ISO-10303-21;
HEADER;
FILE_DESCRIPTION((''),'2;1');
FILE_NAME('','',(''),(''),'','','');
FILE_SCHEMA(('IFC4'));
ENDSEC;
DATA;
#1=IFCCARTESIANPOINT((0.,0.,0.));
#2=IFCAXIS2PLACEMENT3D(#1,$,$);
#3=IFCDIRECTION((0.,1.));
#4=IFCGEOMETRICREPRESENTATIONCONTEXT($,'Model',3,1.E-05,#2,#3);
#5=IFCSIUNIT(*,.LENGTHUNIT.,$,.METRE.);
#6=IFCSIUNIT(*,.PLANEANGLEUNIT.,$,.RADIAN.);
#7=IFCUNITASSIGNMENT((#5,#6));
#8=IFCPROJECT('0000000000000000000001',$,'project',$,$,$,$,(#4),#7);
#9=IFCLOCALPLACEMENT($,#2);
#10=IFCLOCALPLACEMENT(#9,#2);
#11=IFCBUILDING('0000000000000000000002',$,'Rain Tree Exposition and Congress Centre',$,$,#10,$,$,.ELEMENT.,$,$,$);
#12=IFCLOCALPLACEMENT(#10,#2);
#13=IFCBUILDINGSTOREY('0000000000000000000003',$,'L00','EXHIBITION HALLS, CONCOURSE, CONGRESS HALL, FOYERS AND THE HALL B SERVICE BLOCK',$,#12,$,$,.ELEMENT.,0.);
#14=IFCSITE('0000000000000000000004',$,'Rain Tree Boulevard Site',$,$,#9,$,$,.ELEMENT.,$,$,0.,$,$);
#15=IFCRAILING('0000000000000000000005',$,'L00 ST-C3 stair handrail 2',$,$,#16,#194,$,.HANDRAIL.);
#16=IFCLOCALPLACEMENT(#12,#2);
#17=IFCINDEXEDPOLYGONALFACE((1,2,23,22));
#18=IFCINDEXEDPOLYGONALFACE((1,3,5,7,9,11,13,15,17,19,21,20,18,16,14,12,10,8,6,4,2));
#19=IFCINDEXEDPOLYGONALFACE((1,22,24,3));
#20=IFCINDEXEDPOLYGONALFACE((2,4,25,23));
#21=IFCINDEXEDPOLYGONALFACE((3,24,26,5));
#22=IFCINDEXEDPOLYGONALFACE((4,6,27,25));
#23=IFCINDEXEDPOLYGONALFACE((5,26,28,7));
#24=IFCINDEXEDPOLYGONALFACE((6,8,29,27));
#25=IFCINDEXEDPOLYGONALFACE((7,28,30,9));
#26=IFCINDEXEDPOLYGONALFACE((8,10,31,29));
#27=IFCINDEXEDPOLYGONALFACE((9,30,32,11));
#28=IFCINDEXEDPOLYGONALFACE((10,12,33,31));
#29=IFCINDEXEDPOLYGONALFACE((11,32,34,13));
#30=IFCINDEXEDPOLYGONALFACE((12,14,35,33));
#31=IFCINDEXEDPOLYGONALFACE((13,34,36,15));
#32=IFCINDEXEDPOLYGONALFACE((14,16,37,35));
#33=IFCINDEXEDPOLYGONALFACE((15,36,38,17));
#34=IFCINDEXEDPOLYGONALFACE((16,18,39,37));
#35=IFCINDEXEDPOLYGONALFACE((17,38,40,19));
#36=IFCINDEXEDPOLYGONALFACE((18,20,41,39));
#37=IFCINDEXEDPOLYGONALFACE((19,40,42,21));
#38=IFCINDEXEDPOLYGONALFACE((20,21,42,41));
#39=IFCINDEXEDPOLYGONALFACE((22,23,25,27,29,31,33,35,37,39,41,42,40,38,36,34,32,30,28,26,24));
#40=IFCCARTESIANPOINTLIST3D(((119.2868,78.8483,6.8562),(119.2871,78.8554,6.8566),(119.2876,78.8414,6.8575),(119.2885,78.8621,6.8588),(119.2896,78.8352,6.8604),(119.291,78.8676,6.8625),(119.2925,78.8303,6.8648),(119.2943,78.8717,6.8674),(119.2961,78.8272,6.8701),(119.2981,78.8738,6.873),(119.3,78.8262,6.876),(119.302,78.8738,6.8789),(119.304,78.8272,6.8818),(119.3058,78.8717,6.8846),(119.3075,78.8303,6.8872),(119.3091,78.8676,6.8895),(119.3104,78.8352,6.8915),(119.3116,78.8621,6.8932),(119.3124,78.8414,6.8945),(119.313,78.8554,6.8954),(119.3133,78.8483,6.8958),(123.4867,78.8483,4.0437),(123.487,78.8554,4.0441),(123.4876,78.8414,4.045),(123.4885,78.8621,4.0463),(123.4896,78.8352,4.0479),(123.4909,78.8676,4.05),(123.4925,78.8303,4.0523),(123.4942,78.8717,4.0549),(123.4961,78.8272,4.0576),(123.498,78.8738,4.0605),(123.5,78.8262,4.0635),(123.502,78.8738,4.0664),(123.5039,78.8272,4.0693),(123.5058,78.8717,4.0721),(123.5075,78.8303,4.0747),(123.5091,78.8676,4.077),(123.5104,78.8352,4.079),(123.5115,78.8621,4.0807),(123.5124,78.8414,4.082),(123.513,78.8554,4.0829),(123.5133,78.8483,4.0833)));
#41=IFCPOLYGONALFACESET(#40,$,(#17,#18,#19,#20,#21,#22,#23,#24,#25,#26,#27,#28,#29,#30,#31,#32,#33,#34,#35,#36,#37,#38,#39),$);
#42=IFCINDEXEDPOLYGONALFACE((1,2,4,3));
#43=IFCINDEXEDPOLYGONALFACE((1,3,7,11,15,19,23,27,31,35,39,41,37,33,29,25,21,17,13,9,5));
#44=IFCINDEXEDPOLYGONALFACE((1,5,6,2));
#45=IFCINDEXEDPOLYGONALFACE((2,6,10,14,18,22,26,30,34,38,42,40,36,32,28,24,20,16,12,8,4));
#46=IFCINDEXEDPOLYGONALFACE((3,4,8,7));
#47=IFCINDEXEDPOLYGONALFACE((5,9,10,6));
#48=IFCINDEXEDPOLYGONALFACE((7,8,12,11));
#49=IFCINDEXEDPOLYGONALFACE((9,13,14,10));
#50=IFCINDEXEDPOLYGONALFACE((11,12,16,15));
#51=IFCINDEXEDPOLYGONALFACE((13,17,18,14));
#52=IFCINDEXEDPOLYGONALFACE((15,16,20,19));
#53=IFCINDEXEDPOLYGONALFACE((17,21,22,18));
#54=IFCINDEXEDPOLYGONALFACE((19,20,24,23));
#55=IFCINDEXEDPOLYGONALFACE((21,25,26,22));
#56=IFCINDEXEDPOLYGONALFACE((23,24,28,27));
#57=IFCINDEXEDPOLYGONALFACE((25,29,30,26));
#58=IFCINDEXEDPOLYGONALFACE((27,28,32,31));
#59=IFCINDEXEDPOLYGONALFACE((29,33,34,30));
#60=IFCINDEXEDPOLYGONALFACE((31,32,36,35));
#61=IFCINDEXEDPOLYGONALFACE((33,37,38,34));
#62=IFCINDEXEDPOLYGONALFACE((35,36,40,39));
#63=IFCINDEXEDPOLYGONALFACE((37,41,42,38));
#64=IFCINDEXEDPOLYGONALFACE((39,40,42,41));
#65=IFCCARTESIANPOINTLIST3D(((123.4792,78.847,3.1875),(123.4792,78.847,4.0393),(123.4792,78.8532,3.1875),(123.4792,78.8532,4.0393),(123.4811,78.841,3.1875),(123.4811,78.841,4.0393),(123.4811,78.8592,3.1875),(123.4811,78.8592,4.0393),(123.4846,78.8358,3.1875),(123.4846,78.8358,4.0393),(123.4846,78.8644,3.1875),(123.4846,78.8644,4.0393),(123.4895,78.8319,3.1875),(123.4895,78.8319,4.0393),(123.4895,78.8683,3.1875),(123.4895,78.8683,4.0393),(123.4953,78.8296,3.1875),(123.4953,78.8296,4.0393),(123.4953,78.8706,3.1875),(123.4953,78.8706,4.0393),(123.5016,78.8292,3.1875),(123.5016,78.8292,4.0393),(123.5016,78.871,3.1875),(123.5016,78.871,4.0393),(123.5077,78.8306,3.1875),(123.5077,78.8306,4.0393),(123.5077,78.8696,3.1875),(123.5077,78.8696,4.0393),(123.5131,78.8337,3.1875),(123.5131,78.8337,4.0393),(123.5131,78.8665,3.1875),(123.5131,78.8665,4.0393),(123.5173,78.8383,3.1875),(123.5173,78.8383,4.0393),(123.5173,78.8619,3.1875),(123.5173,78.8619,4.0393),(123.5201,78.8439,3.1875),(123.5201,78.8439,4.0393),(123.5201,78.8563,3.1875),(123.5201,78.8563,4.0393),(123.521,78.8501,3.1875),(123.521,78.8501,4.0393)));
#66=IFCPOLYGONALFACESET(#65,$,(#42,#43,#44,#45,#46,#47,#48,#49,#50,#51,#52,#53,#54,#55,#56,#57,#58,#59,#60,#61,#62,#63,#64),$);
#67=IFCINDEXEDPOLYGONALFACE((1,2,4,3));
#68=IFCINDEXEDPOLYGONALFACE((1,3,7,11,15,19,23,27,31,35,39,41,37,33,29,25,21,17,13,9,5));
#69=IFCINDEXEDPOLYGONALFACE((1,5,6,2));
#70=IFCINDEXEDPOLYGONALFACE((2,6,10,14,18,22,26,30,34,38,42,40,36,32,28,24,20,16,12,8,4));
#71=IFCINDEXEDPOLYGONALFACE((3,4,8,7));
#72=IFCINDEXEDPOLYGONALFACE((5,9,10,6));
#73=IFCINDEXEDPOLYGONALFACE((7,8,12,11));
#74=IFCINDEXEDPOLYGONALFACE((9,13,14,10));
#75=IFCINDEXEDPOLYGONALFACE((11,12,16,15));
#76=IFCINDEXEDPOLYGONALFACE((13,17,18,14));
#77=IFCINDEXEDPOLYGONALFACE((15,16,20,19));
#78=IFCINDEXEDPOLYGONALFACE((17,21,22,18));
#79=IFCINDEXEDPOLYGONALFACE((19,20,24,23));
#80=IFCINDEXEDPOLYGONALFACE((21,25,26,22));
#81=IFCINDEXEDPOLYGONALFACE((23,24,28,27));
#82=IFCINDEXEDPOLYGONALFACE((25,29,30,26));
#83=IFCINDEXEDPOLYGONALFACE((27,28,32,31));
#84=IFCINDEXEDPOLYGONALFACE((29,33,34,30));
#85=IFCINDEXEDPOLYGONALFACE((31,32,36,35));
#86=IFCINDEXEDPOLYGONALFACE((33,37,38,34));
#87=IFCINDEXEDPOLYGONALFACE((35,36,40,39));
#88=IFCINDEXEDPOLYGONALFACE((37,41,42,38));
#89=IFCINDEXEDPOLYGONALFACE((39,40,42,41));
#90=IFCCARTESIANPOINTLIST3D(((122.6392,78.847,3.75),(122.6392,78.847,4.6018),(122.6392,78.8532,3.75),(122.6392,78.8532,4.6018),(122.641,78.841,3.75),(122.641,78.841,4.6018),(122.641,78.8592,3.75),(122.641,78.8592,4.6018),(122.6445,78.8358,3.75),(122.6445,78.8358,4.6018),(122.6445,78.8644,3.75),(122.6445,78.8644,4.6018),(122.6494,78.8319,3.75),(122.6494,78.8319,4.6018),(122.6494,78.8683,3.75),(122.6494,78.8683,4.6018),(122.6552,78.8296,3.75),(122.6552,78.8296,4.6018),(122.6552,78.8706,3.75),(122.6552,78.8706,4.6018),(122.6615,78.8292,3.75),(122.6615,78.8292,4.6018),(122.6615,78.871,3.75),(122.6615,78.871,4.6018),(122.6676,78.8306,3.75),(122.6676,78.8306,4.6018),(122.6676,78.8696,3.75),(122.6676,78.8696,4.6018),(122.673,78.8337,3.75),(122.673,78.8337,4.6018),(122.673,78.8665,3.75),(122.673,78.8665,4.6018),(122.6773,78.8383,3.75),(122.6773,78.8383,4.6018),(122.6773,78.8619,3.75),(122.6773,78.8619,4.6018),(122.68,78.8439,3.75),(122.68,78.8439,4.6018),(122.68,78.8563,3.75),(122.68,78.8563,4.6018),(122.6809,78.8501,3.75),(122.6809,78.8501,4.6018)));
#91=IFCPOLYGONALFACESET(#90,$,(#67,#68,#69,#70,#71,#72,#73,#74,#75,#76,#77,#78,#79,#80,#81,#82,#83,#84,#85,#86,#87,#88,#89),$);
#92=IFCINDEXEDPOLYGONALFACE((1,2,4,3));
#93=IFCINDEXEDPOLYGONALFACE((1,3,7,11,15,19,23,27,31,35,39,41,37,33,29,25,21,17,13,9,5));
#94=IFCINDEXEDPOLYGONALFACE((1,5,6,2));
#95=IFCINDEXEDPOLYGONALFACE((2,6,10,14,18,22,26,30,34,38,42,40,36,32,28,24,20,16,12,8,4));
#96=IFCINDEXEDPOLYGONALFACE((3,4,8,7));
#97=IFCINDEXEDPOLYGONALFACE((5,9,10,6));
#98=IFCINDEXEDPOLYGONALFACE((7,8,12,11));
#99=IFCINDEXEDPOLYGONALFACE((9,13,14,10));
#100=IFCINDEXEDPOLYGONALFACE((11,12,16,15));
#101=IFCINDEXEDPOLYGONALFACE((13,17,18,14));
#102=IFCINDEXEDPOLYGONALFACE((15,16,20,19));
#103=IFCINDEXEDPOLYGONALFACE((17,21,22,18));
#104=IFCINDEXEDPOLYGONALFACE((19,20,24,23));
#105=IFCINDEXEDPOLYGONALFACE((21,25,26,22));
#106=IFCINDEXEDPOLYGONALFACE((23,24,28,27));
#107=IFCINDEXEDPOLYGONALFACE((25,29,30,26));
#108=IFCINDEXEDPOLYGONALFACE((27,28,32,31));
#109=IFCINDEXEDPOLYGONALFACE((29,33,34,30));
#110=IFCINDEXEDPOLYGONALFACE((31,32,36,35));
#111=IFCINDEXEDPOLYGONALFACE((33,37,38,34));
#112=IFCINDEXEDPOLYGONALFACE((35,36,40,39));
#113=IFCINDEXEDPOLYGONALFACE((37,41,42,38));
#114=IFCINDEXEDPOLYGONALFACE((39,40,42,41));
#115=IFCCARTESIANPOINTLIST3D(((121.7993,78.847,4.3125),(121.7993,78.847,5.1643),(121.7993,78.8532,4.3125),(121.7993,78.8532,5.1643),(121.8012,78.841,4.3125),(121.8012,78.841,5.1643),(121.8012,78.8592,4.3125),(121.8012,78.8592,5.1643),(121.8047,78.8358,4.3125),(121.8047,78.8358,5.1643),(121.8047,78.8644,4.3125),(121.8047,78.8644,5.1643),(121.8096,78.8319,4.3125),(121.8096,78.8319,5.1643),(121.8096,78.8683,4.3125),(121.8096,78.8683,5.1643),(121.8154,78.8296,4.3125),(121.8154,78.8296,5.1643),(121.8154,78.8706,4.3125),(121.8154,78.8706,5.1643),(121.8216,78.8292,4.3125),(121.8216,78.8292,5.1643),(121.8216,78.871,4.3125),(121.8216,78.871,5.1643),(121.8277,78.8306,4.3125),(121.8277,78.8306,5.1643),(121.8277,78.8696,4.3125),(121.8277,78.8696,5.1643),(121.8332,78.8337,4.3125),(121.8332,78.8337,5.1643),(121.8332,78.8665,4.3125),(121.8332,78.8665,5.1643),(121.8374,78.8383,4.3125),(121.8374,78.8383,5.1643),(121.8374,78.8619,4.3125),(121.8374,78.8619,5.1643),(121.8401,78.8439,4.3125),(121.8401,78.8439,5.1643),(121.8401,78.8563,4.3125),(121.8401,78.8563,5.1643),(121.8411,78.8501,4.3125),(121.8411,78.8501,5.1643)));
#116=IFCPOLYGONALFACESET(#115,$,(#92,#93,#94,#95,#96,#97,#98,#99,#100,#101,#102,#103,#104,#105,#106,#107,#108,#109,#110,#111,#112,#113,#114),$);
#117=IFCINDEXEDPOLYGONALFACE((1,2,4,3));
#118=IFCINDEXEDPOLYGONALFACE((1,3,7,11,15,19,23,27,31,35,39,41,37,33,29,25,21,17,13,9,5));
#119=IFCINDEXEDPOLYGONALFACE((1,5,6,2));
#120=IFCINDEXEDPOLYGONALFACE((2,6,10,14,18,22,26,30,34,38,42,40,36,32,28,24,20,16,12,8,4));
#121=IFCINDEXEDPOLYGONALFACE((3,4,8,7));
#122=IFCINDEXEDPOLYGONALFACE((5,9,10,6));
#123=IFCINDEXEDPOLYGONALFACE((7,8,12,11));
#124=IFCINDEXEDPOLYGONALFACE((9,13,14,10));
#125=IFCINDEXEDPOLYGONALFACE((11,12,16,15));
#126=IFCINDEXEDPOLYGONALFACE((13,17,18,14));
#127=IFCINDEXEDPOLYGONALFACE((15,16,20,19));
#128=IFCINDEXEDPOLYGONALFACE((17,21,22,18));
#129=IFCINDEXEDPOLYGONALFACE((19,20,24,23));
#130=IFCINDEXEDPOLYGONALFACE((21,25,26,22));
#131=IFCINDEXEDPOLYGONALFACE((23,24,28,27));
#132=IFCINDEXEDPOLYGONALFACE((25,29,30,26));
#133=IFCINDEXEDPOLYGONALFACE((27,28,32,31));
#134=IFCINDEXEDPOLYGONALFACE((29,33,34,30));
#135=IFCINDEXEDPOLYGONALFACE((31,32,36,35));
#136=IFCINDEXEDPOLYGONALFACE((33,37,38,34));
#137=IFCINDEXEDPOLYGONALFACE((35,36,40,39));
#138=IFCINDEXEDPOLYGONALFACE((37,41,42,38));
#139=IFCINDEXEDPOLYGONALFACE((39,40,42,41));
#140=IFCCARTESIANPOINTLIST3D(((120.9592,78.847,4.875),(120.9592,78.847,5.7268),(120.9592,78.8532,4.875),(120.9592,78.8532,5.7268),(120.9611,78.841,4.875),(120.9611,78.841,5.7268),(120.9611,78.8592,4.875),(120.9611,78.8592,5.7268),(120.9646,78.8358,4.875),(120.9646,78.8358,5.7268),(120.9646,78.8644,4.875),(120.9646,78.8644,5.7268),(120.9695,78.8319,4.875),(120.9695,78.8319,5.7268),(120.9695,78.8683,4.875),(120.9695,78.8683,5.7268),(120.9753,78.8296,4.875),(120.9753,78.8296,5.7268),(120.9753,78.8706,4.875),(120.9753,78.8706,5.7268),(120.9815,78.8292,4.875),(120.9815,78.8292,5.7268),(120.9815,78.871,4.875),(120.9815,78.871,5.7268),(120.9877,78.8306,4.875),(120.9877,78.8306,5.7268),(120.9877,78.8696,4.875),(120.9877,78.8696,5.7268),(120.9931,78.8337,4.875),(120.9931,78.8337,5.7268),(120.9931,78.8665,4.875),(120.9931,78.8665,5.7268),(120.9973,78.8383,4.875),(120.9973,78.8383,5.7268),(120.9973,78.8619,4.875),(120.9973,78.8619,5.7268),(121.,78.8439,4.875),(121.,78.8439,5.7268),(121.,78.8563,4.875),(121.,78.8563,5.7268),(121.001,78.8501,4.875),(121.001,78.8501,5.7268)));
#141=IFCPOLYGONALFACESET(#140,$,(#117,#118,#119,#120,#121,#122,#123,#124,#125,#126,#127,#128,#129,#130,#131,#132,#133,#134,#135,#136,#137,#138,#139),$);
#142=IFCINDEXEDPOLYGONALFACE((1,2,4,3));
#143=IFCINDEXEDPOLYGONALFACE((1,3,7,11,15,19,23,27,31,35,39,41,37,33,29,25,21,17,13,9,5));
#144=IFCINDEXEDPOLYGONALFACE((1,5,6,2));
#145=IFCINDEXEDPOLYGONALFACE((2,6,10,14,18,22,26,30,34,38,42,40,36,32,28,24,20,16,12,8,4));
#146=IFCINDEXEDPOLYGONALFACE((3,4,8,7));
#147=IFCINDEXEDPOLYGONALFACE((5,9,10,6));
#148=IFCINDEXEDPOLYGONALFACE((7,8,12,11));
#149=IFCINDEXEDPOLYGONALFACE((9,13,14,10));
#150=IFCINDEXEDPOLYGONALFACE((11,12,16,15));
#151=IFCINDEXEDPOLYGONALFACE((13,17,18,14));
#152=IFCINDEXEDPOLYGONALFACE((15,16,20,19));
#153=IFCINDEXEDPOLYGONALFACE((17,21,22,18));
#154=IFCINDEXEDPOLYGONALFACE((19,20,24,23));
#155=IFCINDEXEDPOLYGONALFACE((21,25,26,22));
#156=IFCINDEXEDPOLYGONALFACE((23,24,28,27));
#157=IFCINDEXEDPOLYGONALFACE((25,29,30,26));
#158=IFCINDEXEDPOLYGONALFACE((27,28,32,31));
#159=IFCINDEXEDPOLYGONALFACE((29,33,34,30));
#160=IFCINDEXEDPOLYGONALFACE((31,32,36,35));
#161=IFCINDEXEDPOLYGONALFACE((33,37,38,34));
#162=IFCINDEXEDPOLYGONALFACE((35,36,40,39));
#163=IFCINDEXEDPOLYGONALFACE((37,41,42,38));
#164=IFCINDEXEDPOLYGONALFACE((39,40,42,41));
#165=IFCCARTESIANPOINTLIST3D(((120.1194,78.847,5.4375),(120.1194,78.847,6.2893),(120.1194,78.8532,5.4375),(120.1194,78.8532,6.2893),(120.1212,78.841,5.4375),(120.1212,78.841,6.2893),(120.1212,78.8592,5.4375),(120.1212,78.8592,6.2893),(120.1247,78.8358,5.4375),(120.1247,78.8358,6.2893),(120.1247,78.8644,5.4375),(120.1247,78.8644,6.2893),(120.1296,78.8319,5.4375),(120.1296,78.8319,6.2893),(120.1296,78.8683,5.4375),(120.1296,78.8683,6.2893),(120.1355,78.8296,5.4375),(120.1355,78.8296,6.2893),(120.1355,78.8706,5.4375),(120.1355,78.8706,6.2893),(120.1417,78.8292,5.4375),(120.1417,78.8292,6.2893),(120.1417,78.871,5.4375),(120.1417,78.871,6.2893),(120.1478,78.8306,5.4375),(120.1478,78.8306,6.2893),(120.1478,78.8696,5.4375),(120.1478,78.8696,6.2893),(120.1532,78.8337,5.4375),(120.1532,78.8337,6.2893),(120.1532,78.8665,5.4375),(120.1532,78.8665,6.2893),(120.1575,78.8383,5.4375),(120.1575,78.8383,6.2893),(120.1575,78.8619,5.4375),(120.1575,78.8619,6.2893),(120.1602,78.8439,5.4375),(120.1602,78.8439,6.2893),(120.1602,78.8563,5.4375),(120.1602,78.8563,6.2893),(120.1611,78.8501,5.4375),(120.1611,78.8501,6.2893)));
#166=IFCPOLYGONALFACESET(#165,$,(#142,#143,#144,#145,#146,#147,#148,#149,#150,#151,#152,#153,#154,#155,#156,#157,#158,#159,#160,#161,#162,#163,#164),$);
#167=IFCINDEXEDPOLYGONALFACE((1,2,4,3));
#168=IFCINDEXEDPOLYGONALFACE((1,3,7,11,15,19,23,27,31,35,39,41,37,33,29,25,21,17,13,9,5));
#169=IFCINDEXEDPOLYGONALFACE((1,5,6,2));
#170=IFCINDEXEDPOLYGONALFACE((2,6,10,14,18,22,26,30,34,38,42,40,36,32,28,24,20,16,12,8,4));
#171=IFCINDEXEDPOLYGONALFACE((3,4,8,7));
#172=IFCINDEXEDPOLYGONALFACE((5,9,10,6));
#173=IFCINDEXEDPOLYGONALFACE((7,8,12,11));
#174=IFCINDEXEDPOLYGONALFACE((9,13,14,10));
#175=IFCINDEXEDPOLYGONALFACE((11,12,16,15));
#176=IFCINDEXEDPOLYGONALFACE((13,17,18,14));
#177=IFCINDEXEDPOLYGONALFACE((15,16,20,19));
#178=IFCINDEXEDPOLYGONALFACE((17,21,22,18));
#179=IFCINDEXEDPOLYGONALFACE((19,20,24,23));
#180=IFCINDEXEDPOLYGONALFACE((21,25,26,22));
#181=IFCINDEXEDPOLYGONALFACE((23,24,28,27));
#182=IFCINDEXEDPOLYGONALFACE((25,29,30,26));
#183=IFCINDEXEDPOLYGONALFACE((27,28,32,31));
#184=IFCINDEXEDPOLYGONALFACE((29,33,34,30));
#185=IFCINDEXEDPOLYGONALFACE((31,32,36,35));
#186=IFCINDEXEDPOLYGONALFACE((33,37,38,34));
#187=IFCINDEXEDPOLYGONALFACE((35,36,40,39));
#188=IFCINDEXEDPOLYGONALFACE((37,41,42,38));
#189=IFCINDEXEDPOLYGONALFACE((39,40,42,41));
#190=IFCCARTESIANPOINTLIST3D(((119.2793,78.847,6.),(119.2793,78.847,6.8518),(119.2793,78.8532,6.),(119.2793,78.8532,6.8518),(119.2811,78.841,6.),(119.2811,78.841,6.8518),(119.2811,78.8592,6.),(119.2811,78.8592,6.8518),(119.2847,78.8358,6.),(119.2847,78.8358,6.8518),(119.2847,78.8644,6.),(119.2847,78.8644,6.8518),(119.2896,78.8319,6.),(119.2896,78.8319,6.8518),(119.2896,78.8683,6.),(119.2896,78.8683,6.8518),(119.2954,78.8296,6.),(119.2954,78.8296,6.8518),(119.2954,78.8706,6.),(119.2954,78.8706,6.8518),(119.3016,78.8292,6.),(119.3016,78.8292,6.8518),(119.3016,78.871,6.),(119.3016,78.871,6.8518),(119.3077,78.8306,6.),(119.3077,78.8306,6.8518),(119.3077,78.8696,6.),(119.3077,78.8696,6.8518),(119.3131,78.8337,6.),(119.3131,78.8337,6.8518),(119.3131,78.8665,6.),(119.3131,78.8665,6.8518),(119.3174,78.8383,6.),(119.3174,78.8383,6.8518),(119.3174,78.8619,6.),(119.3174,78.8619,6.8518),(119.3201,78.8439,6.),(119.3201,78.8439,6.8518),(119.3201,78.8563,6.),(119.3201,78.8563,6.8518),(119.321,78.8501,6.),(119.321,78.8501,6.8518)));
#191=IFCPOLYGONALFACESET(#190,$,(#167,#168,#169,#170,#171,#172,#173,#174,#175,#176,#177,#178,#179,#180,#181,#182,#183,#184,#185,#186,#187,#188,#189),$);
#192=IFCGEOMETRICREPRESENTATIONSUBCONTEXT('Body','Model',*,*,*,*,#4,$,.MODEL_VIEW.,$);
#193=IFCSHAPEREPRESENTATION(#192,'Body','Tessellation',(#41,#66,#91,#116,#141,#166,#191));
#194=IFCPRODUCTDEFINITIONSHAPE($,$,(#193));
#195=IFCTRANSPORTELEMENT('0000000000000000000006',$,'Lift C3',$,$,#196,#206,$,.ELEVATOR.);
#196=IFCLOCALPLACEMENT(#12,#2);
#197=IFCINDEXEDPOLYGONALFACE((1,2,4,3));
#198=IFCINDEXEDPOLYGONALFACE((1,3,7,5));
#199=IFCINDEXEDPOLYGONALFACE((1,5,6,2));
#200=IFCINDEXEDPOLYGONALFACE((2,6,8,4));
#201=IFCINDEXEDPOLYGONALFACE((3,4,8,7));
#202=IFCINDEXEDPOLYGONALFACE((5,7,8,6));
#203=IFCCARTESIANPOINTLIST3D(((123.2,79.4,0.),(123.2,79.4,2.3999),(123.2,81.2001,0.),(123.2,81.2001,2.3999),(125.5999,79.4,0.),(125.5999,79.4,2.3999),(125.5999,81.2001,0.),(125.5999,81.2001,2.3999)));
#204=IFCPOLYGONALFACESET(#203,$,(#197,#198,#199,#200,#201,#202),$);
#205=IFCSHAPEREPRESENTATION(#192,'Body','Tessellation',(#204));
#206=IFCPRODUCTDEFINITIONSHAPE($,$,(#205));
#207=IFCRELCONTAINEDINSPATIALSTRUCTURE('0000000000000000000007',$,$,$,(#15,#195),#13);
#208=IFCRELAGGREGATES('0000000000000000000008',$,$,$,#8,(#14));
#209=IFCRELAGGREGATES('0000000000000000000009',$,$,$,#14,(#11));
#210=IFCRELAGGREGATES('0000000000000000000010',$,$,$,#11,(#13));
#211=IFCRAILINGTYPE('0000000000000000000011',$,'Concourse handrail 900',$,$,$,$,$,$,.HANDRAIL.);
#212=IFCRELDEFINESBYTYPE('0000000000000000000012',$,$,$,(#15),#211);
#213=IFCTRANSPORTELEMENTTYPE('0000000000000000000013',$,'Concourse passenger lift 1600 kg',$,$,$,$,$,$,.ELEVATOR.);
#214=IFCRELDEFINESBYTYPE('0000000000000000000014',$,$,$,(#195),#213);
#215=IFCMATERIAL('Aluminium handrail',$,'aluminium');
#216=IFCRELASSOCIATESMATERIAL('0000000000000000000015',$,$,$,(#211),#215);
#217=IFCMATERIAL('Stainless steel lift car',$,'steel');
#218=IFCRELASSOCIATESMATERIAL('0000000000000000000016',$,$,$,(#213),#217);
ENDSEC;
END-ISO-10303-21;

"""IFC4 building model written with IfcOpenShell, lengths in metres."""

from ifc_helpers import new_model, si_unit, direction, frame, origin, origin_2d, place, context, subcontext, project, spatial, rectangle, circle, extrude, material, type_object, element, save


model = new_model("IFC4")

# Units and contexts
model_context = context("Model", 3, precision=1e-05, world=origin(), true_north=direction((0.0, 1.0)))
body_context = subcontext(model_context, "Body", "Model", "MODEL_VIEW")
ifc_project = project(units=[si_unit("LENGTHUNIT", "METRE"), si_unit("PLANEANGLEUNIT", "RADIAN")], contexts=[model_context])

# Site, building, storey
site_placement = place(None, origin())
site = spatial("IfcSite", under=ifc_project, at=site_placement, Name="Rain Tree Boulevard Site", CompositionType="ELEMENT", RefElevation=0.0)
building_placement = place(site_placement, origin())
building = spatial("IfcBuilding", under=site, at=building_placement, Name="Rain Tree Exposition and Congress Centre", CompositionType="ELEMENT")
storey_placement = place(building_placement, origin())
storey = spatial("IfcBuildingStorey", under=building, at=storey_placement, Name="L00", Description="EXHIBITION HALLS, CONCOURSE, CONGRESS HALL, FOYERS AND THE HALL B SERVICE BLOCK", CompositionType="ELEMENT", Elevation=0.0)

# Railing
ifc_material_1 = material(Name="Aluminium handrail", Category="aluminium")
railing_type_1 = type_object("IfcRailingType", Name="Concourse handrail 900", PredefinedType="HANDRAIL", material=ifc_material_1)
railing_1_placement = place(storey_placement, frame((123.5, 78.8501, 3.1875)))
element("IfcRailing", 1, at=railing_1_placement, inside=storey, type_object=railing_type_1, Name="L00 ST-C3 stair handrail 2", PredefinedType="HANDRAIL", context=body_context, shape_type="SweptSolid", body=[
    extrude(circle(Radius=0.0239, at=origin_2d()), frame((0.0, 0.0, 0.876), z_axis=(-0.830904, 0.0, 0.556416), x_axis=(0.0, -1.0, 0.0)), (0.0, 0.0, 1.0), 5.0547),
    extrude(circle(Radius=0.021, at=origin_2d()), origin(), (0.0, 0.0, 1.0), 0.8518),
    extrude(circle(Radius=0.021, at=origin_2d()), frame((-0.8401, 0.0, 0.5625)), (0.0, 0.0, 1.0), 0.8518),
    extrude(circle(Radius=0.021, at=origin_2d()), frame((-1.6799, 0.0, 1.125)), (0.0, 0.0, 1.0), 0.8518),
    extrude(circle(Radius=0.021, at=origin_2d()), frame((-2.52, 0.0, 1.6875)), (0.0, 0.0, 1.0), 0.8518),
    extrude(circle(Radius=0.021, at=origin_2d()), frame((-3.3599, 0.0, 2.25)), (0.0, 0.0, 1.0), 0.8518),
    extrude(circle(Radius=0.021, at=origin_2d()), frame((-4.2, 0.0, 2.8125)), (0.0, 0.0, 1.0), 0.8518),
])

# Transport element
ifc_material_2 = material(Name="Stainless steel lift car", Category="steel")
transport_element_type = type_object("IfcTransportElementType", Name="Concourse passenger lift 1600 kg", PredefinedType="ELEVATOR", material=ifc_material_2)
transport_element_placement = place(storey_placement, frame((124.3999, 80.3, 0.0), z_axis=(0.0, 0.0, 1.0), x_axis=(1.0, 0.0, 0.0)))
element("IfcTransportElement", 2, at=transport_element_placement, inside=storey, type_object=transport_element_type, Name="Lift C3", PredefinedType="ELEVATOR", context=body_context, shape_type="SweptSolid", body=[
    extrude(rectangle(XDim=2.3999, YDim=1.8, at=origin_2d()), origin(), (0.0, 0.0, 1.0), 2.3999),
])

save(model, "model.ifc")
